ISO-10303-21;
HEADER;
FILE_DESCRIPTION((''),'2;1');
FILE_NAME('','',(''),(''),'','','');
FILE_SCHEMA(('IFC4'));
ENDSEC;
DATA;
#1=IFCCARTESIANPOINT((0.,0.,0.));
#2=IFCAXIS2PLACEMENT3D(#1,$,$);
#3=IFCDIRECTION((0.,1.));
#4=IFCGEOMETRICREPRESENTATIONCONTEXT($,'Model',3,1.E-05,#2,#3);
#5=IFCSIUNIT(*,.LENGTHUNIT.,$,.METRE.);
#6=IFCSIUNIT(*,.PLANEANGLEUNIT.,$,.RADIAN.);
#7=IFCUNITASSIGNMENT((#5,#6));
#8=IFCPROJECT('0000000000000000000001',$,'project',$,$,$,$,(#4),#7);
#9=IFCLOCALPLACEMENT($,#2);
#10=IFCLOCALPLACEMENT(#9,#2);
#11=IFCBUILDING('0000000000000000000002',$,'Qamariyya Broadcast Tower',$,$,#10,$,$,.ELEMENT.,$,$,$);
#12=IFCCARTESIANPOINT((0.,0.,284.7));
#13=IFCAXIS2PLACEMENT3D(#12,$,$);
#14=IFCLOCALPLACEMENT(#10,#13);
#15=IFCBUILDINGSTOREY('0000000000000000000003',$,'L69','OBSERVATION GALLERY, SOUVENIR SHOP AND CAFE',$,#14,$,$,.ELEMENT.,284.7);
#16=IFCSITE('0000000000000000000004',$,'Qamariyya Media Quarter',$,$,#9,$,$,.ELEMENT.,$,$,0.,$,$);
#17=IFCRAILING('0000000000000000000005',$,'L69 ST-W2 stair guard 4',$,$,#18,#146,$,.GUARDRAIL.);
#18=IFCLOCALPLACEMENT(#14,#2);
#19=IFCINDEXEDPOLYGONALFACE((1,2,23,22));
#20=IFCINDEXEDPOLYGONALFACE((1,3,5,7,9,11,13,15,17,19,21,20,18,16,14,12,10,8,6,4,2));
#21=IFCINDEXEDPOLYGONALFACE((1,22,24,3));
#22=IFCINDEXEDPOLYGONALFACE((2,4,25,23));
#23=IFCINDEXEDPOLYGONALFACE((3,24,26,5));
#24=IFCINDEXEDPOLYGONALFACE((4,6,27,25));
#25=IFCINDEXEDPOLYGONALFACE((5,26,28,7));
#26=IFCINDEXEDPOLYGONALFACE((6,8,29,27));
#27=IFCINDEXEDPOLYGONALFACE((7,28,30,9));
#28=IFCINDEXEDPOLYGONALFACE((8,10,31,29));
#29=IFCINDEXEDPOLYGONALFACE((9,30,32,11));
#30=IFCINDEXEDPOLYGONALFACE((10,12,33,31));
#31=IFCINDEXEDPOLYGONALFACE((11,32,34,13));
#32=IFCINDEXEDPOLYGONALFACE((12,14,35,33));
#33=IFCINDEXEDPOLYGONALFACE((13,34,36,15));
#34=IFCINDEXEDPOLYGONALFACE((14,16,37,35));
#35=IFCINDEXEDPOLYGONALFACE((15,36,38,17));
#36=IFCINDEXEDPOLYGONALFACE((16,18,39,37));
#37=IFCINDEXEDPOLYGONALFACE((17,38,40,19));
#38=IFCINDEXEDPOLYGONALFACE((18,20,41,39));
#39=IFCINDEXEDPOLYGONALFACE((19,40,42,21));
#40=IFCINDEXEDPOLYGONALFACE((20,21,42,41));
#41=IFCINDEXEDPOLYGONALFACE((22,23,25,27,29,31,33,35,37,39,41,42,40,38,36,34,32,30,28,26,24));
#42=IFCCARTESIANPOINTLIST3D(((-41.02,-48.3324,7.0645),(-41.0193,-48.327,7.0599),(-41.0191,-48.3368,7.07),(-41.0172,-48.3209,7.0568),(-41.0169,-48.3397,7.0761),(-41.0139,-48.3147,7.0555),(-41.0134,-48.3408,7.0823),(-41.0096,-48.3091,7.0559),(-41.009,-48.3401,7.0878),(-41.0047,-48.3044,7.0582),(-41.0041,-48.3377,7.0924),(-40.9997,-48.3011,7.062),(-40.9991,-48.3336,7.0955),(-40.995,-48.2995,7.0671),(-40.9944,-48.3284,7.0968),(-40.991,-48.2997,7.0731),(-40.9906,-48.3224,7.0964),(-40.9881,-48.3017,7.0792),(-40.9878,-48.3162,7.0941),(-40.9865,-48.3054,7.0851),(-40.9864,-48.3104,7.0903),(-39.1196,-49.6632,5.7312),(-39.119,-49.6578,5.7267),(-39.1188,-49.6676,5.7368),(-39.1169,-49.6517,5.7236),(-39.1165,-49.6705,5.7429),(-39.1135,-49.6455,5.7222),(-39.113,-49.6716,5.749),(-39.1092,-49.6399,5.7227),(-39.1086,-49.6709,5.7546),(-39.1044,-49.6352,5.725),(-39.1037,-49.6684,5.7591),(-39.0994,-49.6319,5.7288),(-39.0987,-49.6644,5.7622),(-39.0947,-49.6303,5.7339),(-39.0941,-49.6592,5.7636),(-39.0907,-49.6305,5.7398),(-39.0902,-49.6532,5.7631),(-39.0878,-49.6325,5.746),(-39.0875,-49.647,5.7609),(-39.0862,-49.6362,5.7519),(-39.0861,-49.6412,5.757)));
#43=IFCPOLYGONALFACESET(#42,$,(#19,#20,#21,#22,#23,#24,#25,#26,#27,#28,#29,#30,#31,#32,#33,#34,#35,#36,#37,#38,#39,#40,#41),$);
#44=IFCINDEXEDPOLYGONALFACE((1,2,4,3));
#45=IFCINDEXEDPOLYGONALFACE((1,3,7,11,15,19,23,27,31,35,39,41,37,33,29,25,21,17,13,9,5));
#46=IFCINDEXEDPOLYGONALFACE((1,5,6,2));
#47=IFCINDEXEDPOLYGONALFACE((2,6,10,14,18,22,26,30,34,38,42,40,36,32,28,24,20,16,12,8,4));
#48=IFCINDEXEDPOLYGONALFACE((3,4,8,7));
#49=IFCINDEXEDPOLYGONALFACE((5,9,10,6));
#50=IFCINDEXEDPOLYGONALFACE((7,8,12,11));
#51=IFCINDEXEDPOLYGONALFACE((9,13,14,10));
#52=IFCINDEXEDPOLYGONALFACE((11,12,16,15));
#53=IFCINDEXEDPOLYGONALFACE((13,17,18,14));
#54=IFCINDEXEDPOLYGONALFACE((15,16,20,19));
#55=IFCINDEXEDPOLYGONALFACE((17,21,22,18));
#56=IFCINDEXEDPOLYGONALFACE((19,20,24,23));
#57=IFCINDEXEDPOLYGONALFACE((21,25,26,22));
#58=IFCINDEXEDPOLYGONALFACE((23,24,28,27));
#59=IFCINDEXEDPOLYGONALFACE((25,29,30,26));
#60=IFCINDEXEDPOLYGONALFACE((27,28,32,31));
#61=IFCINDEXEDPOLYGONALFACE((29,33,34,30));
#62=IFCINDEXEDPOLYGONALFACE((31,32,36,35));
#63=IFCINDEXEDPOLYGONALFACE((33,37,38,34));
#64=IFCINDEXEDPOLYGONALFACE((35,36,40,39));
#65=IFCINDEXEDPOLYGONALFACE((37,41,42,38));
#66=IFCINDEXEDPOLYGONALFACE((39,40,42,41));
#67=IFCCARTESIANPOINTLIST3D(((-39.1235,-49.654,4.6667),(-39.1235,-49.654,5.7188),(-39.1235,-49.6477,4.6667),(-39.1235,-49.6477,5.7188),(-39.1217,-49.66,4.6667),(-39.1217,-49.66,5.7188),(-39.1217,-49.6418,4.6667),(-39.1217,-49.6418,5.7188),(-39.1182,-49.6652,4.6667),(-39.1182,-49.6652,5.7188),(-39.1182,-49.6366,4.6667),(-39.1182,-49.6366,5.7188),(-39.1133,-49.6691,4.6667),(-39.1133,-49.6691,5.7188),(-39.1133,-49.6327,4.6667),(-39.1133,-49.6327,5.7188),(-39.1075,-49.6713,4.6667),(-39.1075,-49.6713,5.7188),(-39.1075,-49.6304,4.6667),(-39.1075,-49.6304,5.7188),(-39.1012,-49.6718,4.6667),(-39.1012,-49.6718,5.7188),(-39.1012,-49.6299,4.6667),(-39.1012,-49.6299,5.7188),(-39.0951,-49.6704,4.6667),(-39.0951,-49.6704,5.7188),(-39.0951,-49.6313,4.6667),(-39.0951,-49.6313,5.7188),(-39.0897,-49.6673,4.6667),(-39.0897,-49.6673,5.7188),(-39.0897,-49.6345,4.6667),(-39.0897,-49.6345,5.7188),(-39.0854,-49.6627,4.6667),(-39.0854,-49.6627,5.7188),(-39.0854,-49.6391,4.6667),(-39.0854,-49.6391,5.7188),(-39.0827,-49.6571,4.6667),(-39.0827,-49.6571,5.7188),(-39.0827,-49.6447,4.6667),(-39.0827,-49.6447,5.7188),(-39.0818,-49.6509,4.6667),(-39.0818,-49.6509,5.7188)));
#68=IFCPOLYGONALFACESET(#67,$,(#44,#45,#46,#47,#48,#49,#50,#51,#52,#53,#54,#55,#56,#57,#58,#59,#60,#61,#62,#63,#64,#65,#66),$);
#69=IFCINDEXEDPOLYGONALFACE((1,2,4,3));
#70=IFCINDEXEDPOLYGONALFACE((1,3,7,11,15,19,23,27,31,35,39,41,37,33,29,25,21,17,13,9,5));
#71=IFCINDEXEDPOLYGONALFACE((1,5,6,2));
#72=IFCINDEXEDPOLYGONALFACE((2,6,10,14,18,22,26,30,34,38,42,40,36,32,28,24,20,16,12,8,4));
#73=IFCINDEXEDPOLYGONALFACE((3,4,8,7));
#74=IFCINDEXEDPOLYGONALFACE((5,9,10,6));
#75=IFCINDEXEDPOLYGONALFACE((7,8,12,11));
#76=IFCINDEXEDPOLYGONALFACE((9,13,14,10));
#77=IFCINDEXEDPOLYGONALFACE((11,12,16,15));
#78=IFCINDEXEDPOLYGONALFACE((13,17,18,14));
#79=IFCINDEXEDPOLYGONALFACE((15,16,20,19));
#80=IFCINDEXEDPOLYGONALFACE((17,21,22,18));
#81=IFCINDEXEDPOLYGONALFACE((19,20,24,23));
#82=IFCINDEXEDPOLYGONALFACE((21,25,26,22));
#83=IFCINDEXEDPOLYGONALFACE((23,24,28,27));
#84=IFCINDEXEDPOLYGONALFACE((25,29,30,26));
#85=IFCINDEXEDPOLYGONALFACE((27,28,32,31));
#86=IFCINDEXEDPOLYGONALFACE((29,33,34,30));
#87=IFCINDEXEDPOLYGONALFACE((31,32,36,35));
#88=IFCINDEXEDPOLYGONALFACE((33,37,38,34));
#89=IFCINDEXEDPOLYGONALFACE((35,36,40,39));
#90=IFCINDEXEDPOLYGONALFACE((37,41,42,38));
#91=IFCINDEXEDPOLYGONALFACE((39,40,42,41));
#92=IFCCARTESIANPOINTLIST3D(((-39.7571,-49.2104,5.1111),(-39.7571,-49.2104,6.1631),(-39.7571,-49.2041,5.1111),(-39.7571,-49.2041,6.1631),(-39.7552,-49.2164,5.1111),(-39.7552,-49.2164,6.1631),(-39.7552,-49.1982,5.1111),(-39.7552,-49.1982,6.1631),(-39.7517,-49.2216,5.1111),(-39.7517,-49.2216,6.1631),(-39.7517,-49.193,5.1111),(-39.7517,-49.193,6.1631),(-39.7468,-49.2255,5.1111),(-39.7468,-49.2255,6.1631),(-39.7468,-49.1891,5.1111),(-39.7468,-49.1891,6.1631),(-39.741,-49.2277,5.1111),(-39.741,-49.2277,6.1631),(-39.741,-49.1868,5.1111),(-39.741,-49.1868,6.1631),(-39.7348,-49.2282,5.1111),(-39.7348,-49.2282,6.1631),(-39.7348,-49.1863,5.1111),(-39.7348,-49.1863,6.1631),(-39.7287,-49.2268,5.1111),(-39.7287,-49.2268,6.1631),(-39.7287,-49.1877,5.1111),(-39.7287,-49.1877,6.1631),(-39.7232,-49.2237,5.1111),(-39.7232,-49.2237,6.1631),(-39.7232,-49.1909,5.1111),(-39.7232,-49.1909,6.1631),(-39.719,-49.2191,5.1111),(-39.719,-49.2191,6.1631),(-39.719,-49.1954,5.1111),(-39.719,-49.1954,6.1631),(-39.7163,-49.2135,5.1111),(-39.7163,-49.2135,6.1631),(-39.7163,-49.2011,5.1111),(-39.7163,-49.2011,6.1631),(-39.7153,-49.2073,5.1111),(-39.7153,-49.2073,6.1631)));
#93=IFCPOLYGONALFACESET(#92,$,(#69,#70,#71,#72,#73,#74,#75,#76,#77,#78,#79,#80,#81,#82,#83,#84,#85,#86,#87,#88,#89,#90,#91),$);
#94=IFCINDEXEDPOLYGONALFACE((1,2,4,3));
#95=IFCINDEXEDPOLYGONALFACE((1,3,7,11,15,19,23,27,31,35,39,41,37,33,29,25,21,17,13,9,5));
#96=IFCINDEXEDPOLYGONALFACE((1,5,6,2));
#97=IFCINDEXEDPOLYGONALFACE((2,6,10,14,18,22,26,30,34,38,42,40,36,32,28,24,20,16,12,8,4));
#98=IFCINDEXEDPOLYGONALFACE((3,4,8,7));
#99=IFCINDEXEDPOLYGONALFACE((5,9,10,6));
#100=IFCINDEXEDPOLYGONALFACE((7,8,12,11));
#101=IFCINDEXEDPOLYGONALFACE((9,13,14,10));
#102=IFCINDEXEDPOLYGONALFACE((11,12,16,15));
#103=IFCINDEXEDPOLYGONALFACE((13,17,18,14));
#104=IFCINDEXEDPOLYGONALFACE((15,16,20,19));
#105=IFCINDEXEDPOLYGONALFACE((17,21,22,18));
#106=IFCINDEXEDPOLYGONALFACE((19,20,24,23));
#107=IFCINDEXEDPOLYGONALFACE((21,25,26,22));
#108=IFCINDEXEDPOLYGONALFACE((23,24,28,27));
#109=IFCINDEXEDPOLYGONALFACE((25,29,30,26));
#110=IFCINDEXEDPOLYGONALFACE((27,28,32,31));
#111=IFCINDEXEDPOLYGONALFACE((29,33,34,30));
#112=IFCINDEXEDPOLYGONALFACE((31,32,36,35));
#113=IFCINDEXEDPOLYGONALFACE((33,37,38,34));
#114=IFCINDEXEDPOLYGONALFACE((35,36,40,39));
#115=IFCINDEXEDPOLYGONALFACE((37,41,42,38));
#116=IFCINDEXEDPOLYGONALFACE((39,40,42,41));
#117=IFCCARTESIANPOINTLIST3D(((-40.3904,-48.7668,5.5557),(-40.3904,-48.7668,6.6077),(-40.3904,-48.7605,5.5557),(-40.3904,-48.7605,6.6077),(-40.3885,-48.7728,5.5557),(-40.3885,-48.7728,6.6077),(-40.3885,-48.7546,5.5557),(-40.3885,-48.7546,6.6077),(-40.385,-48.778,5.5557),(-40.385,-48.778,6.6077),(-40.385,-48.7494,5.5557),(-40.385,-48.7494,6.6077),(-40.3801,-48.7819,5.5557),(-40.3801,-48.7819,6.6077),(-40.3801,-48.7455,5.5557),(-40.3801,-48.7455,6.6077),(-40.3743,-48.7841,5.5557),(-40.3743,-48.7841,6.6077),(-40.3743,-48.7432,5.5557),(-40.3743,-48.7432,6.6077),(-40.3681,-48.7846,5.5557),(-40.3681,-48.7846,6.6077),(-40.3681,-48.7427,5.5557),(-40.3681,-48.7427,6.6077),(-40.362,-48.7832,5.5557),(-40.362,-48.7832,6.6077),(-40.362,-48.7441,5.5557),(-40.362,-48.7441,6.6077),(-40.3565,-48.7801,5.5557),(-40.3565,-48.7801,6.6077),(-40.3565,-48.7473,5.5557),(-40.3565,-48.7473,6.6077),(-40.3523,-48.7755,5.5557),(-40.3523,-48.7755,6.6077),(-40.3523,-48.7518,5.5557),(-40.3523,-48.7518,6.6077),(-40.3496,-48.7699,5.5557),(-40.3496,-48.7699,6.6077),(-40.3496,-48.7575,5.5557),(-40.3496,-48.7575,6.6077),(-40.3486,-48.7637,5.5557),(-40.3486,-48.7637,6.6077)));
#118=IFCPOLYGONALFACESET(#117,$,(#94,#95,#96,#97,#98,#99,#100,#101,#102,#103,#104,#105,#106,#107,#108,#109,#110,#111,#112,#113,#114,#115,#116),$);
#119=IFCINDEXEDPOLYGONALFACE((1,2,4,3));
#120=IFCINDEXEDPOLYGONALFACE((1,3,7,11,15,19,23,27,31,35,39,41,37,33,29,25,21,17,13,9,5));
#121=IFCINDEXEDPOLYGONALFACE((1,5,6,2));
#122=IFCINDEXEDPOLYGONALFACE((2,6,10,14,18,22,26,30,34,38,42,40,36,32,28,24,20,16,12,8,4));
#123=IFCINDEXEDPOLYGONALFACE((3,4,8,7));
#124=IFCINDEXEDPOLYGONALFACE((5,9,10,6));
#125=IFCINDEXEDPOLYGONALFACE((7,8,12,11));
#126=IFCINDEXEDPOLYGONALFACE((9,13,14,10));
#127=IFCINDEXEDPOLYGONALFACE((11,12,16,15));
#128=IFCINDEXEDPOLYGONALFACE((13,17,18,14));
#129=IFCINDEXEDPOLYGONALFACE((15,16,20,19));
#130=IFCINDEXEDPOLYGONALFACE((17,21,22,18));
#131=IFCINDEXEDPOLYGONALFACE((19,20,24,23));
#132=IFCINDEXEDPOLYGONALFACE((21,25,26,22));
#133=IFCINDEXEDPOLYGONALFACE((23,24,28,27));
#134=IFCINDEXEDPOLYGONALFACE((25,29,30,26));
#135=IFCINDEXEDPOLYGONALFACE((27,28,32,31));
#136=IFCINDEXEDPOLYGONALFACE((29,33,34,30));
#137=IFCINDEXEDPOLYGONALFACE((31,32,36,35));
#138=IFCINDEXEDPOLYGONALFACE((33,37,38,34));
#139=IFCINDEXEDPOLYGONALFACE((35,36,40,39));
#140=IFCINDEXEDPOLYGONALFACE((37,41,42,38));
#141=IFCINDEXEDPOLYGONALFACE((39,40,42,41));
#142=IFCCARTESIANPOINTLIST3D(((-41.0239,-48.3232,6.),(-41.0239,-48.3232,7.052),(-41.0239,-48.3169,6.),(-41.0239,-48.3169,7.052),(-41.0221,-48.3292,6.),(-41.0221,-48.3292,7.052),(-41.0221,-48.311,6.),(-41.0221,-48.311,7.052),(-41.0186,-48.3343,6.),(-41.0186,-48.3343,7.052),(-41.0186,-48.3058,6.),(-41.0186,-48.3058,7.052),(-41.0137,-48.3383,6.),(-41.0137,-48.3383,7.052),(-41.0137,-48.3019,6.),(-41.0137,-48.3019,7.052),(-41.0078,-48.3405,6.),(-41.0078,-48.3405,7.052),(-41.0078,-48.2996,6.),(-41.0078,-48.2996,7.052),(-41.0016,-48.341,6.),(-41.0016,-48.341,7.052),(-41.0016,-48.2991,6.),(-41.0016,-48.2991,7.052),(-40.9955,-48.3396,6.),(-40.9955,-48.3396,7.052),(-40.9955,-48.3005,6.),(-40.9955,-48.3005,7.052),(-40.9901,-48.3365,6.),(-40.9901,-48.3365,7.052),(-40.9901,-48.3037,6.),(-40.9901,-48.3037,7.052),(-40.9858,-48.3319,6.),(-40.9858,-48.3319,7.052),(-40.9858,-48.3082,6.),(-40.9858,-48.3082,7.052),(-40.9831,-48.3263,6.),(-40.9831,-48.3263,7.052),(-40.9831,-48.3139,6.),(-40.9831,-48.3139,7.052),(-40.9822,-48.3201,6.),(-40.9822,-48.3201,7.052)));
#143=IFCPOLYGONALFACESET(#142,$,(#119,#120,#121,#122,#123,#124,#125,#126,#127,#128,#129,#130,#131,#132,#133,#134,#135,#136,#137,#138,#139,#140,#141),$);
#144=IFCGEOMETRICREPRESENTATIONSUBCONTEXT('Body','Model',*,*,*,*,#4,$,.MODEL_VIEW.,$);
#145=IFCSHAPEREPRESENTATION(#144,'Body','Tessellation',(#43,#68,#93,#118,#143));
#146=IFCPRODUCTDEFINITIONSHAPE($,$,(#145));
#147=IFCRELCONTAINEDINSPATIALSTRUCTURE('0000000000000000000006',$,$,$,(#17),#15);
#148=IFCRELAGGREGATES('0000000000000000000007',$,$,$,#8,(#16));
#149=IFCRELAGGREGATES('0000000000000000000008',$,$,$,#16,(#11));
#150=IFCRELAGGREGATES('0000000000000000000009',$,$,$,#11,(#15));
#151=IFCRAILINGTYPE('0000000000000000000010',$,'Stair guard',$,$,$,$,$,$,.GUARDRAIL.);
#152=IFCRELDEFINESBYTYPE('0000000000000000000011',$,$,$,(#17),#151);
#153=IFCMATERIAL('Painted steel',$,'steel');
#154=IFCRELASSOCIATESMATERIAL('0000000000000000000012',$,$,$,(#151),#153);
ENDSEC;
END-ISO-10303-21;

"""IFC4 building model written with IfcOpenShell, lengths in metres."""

from ifc_helpers import new_model, si_unit, direction, frame, origin, origin_2d, place, context, subcontext, project, spatial, circle, extrude, material, type_object, element, save


model = new_model("IFC4")

# Units and contexts
model_context = context("Model", 3, precision=1e-05, world=origin(), true_north=direction((0.0, 1.0)))
body_context = subcontext(model_context, "Body", "Model", "MODEL_VIEW")
ifc_project = project(units=[si_unit("LENGTHUNIT", "METRE"), si_unit("PLANEANGLEUNIT", "RADIAN")], contexts=[model_context])

# Site, building, storey
site_placement = place(None, origin())
site = spatial("IfcSite", under=ifc_project, at=site_placement, Name="Qamariyya Media Quarter", CompositionType="ELEMENT", RefElevation=0.0)
building_placement = place(site_placement, origin())
building = spatial("IfcBuilding", under=site, at=building_placement, Name="Qamariyya Broadcast Tower", CompositionType="ELEMENT")
storey_placement = place(building_placement, frame((0.0, 0.0, 284.7)))
storey = spatial("IfcBuildingStorey", under=building, at=storey_placement, Name="L69", Description="OBSERVATION GALLERY, SOUVENIR SHOP AND CAFE", CompositionType="ELEMENT", Elevation=284.7)

# Railing
ifc_material_1 = material(Name="Painted steel", Category="steel")
railing_type_1 = type_object("IfcRailingType", Name="Stair guard", PredefinedType="GUARDRAIL", material=ifc_material_1)
railing_1_placement = place(storey_placement, frame((-39.1028, -49.6509, 4.6667)))
element("IfcRailing", 1, at=railing_1_placement, inside=storey, type_object=railing_type_1, Name="L69 ST-W2 stair guard 4", PredefinedType="GUARDRAIL", context=body_context, shape_type="SweptSolid", body=[
    extrude(circle(Radius=0.0239, at=origin_2d()), frame((0.0, 0.0, 1.0762), z_axis=(-0.710204, 0.497344, 0.498256), x_axis=(-0.573618, -0.819123, 0.0)), (0.0, 0.0, 1.0), 2.6758),
    extrude(circle(Radius=0.021, at=origin_2d()), origin(), (0.0, 0.0, 1.0), 1.052),
    extrude(circle(Radius=0.021, at=origin_2d()), frame((-0.6335, 0.4436, 0.4443)), (0.0, 0.0, 1.0), 1.052),
    extrude(circle(Radius=0.021, at=origin_2d()), frame((-1.2668, 0.8872, 0.8889)), (0.0, 0.0, 1.0), 1.052),
    extrude(circle(Radius=0.021, at=origin_2d()), frame((-1.9004, 1.3308, 1.3333)), (0.0, 0.0, 1.0), 1.052),
])

save(model, "model.ifc")
